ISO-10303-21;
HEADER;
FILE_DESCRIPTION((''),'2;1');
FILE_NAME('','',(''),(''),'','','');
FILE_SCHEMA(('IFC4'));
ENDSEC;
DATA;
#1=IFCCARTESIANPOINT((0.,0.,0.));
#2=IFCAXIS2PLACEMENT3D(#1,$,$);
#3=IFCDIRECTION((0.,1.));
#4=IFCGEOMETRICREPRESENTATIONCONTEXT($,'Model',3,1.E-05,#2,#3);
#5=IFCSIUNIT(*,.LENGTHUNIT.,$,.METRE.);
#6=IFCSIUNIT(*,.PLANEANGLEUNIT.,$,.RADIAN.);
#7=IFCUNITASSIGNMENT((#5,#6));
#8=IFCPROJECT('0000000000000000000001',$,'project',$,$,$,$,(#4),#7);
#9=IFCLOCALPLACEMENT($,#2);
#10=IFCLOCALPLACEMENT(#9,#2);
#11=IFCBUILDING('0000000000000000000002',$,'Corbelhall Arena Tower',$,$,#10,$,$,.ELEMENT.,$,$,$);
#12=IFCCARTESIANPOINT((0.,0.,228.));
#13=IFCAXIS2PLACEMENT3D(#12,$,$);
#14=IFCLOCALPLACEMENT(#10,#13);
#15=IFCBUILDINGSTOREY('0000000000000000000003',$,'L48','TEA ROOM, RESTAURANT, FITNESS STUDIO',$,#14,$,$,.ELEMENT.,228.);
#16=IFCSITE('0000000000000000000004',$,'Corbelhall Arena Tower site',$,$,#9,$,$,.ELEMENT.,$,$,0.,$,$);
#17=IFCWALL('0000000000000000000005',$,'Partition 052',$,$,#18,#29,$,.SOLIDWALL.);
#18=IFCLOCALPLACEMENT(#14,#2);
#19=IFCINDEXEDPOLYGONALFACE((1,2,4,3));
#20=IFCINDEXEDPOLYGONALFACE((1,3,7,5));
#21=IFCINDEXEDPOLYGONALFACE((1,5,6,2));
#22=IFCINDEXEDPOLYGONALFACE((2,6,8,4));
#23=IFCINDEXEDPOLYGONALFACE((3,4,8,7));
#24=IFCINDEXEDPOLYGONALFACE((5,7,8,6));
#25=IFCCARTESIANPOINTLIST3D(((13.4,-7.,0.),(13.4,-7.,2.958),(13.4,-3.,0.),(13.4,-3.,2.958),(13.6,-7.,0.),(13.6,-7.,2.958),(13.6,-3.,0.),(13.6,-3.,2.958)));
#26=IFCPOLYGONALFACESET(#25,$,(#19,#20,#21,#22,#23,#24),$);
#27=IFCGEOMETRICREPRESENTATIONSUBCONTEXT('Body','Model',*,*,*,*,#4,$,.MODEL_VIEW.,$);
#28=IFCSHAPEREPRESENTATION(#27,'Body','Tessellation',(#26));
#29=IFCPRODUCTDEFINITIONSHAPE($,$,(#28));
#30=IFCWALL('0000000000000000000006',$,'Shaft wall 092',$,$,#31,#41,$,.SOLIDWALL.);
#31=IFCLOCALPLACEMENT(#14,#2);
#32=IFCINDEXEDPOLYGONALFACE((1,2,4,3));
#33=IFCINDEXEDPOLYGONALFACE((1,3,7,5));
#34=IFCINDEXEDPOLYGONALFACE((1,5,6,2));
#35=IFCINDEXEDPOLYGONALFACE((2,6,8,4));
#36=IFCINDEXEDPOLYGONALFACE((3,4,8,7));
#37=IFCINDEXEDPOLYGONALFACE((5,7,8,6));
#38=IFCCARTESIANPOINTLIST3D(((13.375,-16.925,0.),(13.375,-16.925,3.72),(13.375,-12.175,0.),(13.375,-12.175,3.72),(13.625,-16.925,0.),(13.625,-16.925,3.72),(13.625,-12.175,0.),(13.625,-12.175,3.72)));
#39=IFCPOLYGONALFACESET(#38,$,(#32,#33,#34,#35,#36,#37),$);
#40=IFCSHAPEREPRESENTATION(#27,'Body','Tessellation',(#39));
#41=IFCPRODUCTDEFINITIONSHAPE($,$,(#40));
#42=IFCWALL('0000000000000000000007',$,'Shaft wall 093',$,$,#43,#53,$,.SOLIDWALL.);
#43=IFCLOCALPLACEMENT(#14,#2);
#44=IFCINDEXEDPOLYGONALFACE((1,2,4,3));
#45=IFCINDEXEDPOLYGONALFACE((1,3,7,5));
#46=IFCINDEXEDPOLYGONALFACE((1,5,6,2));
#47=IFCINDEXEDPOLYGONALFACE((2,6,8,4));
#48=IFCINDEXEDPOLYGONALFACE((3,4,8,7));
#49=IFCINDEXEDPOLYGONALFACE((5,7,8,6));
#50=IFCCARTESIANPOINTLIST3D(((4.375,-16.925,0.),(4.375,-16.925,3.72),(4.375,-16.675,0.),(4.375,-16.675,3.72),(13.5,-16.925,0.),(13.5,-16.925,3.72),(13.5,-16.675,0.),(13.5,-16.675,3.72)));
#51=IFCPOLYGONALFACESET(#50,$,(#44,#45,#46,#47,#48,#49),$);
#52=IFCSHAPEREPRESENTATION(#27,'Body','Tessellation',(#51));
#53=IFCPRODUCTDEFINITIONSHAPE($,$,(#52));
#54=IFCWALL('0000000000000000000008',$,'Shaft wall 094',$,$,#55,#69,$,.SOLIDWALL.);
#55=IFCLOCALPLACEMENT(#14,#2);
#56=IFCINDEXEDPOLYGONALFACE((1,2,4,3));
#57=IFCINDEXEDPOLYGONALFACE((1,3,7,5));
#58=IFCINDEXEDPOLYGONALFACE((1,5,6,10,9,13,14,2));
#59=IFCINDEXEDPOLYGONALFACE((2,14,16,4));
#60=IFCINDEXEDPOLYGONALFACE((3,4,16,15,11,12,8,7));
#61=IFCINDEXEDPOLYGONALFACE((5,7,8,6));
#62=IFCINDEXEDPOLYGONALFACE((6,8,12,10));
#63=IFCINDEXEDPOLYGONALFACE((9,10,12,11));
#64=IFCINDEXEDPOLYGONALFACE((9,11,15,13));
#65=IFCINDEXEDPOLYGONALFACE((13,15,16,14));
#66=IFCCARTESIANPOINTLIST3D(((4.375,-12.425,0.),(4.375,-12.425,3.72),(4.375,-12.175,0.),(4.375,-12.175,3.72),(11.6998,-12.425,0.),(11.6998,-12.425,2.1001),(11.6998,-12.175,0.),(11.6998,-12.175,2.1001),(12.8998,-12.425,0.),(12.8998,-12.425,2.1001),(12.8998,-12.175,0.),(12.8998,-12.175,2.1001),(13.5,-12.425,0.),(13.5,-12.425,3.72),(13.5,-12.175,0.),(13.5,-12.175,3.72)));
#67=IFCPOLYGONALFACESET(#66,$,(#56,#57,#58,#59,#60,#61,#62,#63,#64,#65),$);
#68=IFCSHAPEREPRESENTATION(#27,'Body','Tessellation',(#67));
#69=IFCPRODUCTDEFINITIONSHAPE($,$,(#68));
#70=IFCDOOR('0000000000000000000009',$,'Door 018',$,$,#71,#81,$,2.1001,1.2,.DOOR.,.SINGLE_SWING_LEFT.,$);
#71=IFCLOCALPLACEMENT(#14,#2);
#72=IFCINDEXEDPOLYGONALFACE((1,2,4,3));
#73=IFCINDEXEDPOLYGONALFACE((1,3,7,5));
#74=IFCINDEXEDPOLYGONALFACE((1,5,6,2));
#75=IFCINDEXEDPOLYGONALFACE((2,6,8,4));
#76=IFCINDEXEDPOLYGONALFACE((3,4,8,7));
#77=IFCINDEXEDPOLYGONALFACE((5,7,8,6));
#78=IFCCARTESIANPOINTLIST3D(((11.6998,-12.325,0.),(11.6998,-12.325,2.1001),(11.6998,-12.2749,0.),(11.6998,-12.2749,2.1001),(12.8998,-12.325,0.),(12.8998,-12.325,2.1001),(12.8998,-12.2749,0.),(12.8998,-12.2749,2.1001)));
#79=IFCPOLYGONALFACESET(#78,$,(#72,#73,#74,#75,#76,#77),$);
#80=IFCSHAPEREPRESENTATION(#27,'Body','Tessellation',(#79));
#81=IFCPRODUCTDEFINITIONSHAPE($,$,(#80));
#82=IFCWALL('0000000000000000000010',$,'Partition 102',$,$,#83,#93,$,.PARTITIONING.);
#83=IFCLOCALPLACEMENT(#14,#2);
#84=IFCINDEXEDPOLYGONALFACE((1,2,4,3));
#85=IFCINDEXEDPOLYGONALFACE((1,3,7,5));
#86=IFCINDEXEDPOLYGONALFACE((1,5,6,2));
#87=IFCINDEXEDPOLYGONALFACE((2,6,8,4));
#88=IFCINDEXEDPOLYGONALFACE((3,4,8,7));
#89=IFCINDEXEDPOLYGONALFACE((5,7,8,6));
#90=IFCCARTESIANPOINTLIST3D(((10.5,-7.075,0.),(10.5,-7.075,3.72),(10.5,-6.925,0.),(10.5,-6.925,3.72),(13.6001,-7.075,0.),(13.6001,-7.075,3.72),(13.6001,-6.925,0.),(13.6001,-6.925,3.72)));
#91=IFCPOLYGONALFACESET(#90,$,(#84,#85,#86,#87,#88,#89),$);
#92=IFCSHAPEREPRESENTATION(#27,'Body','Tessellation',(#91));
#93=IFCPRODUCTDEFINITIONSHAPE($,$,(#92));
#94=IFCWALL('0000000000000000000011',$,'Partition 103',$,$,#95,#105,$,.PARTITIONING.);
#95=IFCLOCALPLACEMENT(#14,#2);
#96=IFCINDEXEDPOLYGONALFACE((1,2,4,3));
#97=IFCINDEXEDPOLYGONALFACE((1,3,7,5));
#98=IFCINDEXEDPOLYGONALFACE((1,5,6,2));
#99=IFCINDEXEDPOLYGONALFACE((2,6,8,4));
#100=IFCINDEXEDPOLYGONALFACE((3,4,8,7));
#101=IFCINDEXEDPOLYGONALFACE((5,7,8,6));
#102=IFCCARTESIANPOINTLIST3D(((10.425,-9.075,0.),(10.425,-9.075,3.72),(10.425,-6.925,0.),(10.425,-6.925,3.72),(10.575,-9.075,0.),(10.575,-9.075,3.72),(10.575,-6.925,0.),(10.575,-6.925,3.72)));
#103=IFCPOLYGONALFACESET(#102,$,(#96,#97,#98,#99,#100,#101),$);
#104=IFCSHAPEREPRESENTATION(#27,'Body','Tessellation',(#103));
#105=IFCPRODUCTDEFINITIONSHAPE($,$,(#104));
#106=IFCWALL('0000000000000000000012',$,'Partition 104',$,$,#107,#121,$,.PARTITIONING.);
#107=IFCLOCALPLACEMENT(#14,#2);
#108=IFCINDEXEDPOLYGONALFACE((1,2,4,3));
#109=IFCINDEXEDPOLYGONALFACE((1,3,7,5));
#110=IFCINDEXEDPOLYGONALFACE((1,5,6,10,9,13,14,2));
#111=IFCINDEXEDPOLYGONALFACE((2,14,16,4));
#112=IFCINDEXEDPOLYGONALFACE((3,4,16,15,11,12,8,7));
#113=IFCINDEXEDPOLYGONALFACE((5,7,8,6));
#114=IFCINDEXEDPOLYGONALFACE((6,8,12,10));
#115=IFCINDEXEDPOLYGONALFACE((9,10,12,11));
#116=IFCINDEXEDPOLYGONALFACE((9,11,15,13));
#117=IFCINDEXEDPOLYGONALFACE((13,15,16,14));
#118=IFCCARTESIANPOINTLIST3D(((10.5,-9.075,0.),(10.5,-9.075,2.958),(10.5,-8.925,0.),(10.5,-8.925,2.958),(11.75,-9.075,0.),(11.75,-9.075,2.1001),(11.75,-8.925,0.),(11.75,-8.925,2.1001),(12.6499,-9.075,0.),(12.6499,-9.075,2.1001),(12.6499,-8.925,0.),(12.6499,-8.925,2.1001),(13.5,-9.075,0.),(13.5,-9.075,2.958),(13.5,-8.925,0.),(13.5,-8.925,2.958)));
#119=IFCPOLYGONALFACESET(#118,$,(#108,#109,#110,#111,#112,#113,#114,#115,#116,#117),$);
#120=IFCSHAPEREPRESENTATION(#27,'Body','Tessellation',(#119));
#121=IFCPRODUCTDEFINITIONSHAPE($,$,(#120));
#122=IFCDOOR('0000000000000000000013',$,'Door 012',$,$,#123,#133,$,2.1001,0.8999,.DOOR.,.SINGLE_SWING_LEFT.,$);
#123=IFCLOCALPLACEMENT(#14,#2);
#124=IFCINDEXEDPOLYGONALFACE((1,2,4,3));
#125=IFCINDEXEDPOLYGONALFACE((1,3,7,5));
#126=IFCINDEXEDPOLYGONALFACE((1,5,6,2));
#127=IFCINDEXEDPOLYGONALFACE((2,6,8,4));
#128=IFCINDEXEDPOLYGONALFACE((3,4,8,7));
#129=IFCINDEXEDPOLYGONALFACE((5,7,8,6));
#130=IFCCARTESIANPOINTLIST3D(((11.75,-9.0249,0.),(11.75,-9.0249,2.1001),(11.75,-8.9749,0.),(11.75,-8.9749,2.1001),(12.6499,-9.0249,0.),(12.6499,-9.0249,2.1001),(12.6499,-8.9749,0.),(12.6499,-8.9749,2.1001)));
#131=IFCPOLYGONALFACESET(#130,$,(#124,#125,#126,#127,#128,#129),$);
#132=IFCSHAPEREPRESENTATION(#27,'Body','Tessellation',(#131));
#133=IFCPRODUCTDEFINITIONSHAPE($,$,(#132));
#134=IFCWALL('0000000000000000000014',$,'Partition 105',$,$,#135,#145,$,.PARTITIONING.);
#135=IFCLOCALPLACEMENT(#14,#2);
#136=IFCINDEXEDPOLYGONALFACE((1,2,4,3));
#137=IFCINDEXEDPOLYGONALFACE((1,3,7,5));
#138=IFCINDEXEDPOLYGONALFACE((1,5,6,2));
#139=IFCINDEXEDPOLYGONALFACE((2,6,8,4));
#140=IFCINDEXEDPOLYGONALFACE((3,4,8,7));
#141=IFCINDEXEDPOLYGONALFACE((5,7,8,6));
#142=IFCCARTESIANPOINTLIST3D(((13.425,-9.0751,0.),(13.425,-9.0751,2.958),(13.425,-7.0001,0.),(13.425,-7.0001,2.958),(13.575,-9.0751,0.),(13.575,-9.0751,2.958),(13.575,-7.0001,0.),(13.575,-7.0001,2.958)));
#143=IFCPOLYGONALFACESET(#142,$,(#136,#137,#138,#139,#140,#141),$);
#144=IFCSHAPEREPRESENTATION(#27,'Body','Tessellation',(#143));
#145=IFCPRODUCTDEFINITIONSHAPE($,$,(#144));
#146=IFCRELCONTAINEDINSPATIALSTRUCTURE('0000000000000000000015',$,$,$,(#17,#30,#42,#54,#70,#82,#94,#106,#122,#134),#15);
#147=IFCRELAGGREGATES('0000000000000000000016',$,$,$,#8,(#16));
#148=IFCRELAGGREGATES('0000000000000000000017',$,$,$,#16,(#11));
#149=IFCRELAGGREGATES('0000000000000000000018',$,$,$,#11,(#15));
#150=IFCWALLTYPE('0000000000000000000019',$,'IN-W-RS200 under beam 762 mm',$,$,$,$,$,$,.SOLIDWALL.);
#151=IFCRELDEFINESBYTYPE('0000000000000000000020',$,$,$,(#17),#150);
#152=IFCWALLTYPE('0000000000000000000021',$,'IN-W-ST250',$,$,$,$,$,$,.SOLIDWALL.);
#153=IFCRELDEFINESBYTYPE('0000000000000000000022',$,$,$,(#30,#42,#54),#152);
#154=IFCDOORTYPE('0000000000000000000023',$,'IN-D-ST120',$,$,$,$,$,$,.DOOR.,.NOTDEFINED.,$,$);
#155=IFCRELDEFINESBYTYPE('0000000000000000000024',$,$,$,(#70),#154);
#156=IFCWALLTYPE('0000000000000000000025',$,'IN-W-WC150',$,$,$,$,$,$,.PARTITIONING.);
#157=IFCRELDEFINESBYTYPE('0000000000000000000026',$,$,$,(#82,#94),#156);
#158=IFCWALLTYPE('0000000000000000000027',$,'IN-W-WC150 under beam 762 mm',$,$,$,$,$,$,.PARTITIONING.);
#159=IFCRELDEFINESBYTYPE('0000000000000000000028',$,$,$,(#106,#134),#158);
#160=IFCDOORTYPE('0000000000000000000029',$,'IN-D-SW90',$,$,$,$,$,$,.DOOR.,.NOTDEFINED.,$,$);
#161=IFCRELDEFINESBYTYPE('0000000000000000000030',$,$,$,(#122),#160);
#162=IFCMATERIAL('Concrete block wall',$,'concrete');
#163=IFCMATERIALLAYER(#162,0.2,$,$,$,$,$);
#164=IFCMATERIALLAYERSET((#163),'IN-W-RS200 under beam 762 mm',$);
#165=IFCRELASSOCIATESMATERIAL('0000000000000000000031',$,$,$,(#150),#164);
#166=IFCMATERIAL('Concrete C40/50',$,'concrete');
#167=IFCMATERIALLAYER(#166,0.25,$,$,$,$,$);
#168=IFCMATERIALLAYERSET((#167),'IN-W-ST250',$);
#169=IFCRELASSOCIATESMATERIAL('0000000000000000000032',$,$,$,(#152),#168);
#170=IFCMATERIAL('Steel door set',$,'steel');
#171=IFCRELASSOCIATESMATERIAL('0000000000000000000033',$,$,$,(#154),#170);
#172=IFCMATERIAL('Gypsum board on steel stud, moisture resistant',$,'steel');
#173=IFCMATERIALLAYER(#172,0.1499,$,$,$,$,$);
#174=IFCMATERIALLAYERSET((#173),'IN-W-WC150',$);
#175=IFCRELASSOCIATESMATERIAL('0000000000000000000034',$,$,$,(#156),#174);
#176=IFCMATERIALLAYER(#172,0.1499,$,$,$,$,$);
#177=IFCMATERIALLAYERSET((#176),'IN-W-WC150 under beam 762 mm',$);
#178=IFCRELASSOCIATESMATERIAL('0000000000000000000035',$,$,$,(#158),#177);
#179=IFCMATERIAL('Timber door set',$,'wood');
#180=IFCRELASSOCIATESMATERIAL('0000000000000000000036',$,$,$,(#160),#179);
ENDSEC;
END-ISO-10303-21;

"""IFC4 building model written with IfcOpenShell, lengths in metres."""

from ifc_helpers import new_model, si_unit, direction, frame, frame_2d, origin, place, context, subcontext, project, spatial, rectangle, extrude, material, layer, layer_set, type_object, element, fill, save


model = new_model("IFC4")

# Units and contexts
model_context = context("Model", 3, precision=1e-05, world=origin(), true_north=direction((0.0, 1.0)))
body_context = subcontext(model_context, "Body", "Model", "MODEL_VIEW")
ifc_project = project(units=[si_unit("LENGTHUNIT", "METRE"), si_unit("PLANEANGLEUNIT", "RADIAN")], contexts=[model_context])

# Site, building, storey
site_placement = place(None, origin())
site = spatial("IfcSite", under=ifc_project, at=site_placement, Name="Corbelhall Arena Tower site", CompositionType="ELEMENT", RefElevation=0.0)
building_placement = place(site_placement, origin())
building = spatial("IfcBuilding", under=site, at=building_placement, Name="Corbelhall Arena Tower", CompositionType="ELEMENT")
storey_placement = place(building_placement, frame((0.0, 0.0, 228.0)))
storey = spatial("IfcBuildingStorey", under=building, at=storey_placement, Name="L48", Description="TEA ROOM, RESTAURANT, FITNESS STUDIO", CompositionType="ELEMENT", Elevation=228.0)

# Shared definitions
ifc_material_1 = material(Name="Concrete block wall", Category="concrete")
ifc_material_2 = material(Name="Steel door set", Category="steel")

# Walls
ifc_layer_1 = layer(ifc_material_1, 0.2)
ifc_layer_set_1 = layer_set([ifc_layer_1], Name="IN-W-RS200 under beam 762 mm")
wall_type_1 = type_object("IfcWallType", Name="IN-W-RS200 under beam 762 mm", PredefinedType="SOLIDWALL", material=ifc_layer_set_1)
wall_1_placement = place(storey_placement, frame((13.5, -3.0, 0.0), z_axis=(0.0, 0.0, 1.0), x_axis=(0.0, -1.0, 0.0)))
element("IfcWall", 1, at=wall_1_placement, inside=storey, type_object=wall_type_1, Name="Partition 052", PredefinedType="SOLIDWALL", context=body_context, shape_type="SweptSolid", body=[
    extrude(rectangle(XDim=4.0, YDim=0.2, at=frame_2d((2.0, 0.0))), origin(), (0.0, 0.0, 1.0), 2.958),
])
ifc_material_3 = material(Name="Concrete C40/50", Category="concrete")
ifc_layer_2 = layer(ifc_material_3, 0.25)
ifc_layer_set_2 = layer_set([ifc_layer_2], Name="IN-W-ST250")
wall_type_2 = type_object("IfcWallType", Name="IN-W-ST250", PredefinedType="SOLIDWALL", material=ifc_layer_set_2)
wall_2_placement = place(storey_placement, frame((13.5, -16.925, 0.0), z_axis=(0.0, 0.0, 1.0), x_axis=(0.0, 1.0, 0.0)))
element("IfcWall", 2, at=wall_2_placement, inside=storey, type_object=wall_type_2, Name="Shaft wall 092", PredefinedType="SOLIDWALL", context=body_context, shape_type="SweptSolid", body=[
    extrude(rectangle(XDim=4.75, YDim=0.25, at=frame_2d((2.375, 0.0))), origin(), (0.0, 0.0, 1.0), 3.72),
])
wall_3_placement = place(storey_placement, frame((13.5, -16.8, 0.0), z_axis=(0.0, 0.0, 1.0), x_axis=(-1.0, 0.0, 0.0)))
element("IfcWall", 3, at=wall_3_placement, inside=storey, type_object=wall_type_2, Name="Shaft wall 093", PredefinedType="SOLIDWALL", context=body_context, shape_type="SweptSolid", body=[
    extrude(rectangle(XDim=9.125, YDim=0.25, at=frame_2d((4.5625, 0.0))), origin(), (0.0, 0.0, 1.0), 3.72),
])

# Wall, opening, door
wall_4_placement = place(storey_placement, frame((13.5, -12.3, 0.0), z_axis=(0.0, 0.0, 1.0), x_axis=(-1.0, 0.0, 0.0)))
wall_4 = element("IfcWall", 4, at=wall_4_placement, inside=storey, type_object=wall_type_2, Name="Shaft wall 094", PredefinedType="SOLIDWALL", context=body_context, shape_type="SweptSolid", body=[
    extrude(rectangle(XDim=9.125, YDim=0.25, at=frame_2d((4.5625, 0.0))), origin(), (0.0, 0.0, 1.0), 3.72),
])
opening_1_placement = place(wall_4_placement, frame((0.6001, 0.0, 0.0)))
opening_1 = element("IfcOpeningElement", 5, at=opening_1_placement, cuts=wall_4, PredefinedType="OPENING", context=body_context, shape_type="SweptSolid", body=[
    extrude(rectangle(XDim=1.2, YDim=2.1001, at=frame_2d((0.6001, 1.05))), frame((0.0, 0.125, 0.0), z_axis=(0.0, -1.0, 0.0), x_axis=(1.0, 0.0, 0.0)), (0.0, 0.0, 1.0), 0.25),
])
door_type_1 = type_object("IfcDoorType", Name="IN-D-ST120", OperationType="NOTDEFINED", PredefinedType="DOOR", material=ifc_material_2)
door_1_placement = place(opening_1_placement, origin())
door_1 = element("IfcDoor", 6, at=door_1_placement, inside=storey, type_object=door_type_1, Name="Door 018", OperationType="SINGLE_SWING_LEFT", OverallHeight=2.1001, OverallWidth=1.2, PredefinedType="DOOR", context=body_context, shape_type="SweptSolid", body=[
    extrude(rectangle(XDim=1.2, YDim=2.1001, at=frame_2d((0.6001, 1.05))), frame((0.0, 0.0249, 0.0), z_axis=(0.0, -1.0, 0.0), x_axis=(1.0, 0.0, 0.0)), (0.0, 0.0, 1.0), 0.05),
])
fill(opening_1, door_1)

# Walls
ifc_material_4 = material(Name="Gypsum board on steel stud, moisture resistant", Category="steel")
ifc_layer_3 = layer(ifc_material_4, 0.1499)
ifc_layer_set_3 = layer_set([ifc_layer_3], Name="IN-W-WC150")
wall_type_3 = type_object("IfcWallType", Name="IN-W-WC150", PredefinedType="PARTITIONING", material=ifc_layer_set_3)
wall_5_placement = place(storey_placement, frame((10.5, -7.0, 0.0), z_axis=(0.0, 0.0, 1.0), x_axis=(1.0, 0.0, 0.0)))
element("IfcWall", 7, at=wall_5_placement, inside=storey, type_object=wall_type_3, Name="Partition 102", PredefinedType="PARTITIONING", context=body_context, shape_type="SweptSolid", body=[
    extrude(rectangle(XDim=3.1001, YDim=0.1499, at=frame_2d((1.55, 0.0))), origin(), (0.0, 0.0, 1.0), 3.72),
])
wall_6_placement = place(storey_placement, frame((10.5, -6.925, 0.0), z_axis=(0.0, 0.0, 1.0), x_axis=(0.0, -1.0, 0.0)))
element("IfcWall", 8, at=wall_6_placement, inside=storey, type_object=wall_type_3, Name="Partition 103", PredefinedType="PARTITIONING", context=body_context, shape_type="SweptSolid", body=[
    extrude(rectangle(XDim=2.1499, YDim=0.1499, at=frame_2d((1.075, 0.0))), origin(), (0.0, 0.0, 1.0), 3.72),
])

# Wall, opening, door
ifc_layer_4 = layer(ifc_material_4, 0.1499)
ifc_layer_set_4 = layer_set([ifc_layer_4], Name="IN-W-WC150 under beam 762 mm")
wall_type_4 = type_object("IfcWallType", Name="IN-W-WC150 under beam 762 mm", PredefinedType="PARTITIONING", material=ifc_layer_set_4)
wall_7_placement = place(storey_placement, frame((13.5, -9.0, 0.0), z_axis=(0.0, 0.0, 1.0), x_axis=(-1.0, 0.0, 0.0)))
wall_7 = element("IfcWall", 9, at=wall_7_placement, inside=storey, type_object=wall_type_4, Name="Partition 104", PredefinedType="PARTITIONING", context=body_context, shape_type="SweptSolid", body=[
    extrude(rectangle(XDim=3.0, YDim=0.1499, at=frame_2d((1.5, 0.0))), origin(), (0.0, 0.0, 1.0), 2.958),
])
opening_2_placement = place(wall_7_placement, frame((0.8501, 0.0, 0.0)))
opening_2 = element("IfcOpeningElement", 10, at=opening_2_placement, cuts=wall_7, PredefinedType="OPENING", context=body_context, shape_type="SweptSolid", body=[
    extrude(rectangle(XDim=0.8999, YDim=2.1001, at=frame_2d((0.45, 1.05))), frame((0.0, 0.075, 0.0), z_axis=(0.0, -1.0, 0.0), x_axis=(1.0, 0.0, 0.0)), (0.0, 0.0, 1.0), 0.1499),
])
ifc_material_5 = material(Name="Timber door set", Category="wood")
door_type_2 = type_object("IfcDoorType", Name="IN-D-SW90", OperationType="NOTDEFINED", PredefinedType="DOOR", material=ifc_material_5)
door_2_placement = place(opening_2_placement, origin())
door_2 = element("IfcDoor", 11, at=door_2_placement, inside=storey, type_object=door_type_2, Name="Door 012", OperationType="SINGLE_SWING_LEFT", OverallHeight=2.1001, OverallWidth=0.8999, PredefinedType="DOOR", context=body_context, shape_type="SweptSolid", body=[
    extrude(rectangle(XDim=0.8999, YDim=2.1001, at=frame_2d((0.45, 1.05))), frame((0.0, 0.0249, 0.0), z_axis=(0.0, -1.0, 0.0), x_axis=(1.0, 0.0, 0.0)), (0.0, 0.0, 1.0), 0.05),
])
fill(opening_2, door_2)

# Wall
wall_8_placement = place(storey_placement, frame((13.5, -7.0, 0.0), z_axis=(0.0, 0.0, 1.0), x_axis=(0.0, -1.0, 0.0)))
element("IfcWall", 12, at=wall_8_placement, inside=storey, type_object=wall_type_4, Name="Partition 105", PredefinedType="PARTITIONING", context=body_context, shape_type="SweptSolid", body=[
    extrude(rectangle(XDim=2.075, YDim=0.1499, at=frame_2d((1.0376, 0.0))), origin(), (0.0, 0.0, 1.0), 2.958),
])

save(model, "model.ifc")
